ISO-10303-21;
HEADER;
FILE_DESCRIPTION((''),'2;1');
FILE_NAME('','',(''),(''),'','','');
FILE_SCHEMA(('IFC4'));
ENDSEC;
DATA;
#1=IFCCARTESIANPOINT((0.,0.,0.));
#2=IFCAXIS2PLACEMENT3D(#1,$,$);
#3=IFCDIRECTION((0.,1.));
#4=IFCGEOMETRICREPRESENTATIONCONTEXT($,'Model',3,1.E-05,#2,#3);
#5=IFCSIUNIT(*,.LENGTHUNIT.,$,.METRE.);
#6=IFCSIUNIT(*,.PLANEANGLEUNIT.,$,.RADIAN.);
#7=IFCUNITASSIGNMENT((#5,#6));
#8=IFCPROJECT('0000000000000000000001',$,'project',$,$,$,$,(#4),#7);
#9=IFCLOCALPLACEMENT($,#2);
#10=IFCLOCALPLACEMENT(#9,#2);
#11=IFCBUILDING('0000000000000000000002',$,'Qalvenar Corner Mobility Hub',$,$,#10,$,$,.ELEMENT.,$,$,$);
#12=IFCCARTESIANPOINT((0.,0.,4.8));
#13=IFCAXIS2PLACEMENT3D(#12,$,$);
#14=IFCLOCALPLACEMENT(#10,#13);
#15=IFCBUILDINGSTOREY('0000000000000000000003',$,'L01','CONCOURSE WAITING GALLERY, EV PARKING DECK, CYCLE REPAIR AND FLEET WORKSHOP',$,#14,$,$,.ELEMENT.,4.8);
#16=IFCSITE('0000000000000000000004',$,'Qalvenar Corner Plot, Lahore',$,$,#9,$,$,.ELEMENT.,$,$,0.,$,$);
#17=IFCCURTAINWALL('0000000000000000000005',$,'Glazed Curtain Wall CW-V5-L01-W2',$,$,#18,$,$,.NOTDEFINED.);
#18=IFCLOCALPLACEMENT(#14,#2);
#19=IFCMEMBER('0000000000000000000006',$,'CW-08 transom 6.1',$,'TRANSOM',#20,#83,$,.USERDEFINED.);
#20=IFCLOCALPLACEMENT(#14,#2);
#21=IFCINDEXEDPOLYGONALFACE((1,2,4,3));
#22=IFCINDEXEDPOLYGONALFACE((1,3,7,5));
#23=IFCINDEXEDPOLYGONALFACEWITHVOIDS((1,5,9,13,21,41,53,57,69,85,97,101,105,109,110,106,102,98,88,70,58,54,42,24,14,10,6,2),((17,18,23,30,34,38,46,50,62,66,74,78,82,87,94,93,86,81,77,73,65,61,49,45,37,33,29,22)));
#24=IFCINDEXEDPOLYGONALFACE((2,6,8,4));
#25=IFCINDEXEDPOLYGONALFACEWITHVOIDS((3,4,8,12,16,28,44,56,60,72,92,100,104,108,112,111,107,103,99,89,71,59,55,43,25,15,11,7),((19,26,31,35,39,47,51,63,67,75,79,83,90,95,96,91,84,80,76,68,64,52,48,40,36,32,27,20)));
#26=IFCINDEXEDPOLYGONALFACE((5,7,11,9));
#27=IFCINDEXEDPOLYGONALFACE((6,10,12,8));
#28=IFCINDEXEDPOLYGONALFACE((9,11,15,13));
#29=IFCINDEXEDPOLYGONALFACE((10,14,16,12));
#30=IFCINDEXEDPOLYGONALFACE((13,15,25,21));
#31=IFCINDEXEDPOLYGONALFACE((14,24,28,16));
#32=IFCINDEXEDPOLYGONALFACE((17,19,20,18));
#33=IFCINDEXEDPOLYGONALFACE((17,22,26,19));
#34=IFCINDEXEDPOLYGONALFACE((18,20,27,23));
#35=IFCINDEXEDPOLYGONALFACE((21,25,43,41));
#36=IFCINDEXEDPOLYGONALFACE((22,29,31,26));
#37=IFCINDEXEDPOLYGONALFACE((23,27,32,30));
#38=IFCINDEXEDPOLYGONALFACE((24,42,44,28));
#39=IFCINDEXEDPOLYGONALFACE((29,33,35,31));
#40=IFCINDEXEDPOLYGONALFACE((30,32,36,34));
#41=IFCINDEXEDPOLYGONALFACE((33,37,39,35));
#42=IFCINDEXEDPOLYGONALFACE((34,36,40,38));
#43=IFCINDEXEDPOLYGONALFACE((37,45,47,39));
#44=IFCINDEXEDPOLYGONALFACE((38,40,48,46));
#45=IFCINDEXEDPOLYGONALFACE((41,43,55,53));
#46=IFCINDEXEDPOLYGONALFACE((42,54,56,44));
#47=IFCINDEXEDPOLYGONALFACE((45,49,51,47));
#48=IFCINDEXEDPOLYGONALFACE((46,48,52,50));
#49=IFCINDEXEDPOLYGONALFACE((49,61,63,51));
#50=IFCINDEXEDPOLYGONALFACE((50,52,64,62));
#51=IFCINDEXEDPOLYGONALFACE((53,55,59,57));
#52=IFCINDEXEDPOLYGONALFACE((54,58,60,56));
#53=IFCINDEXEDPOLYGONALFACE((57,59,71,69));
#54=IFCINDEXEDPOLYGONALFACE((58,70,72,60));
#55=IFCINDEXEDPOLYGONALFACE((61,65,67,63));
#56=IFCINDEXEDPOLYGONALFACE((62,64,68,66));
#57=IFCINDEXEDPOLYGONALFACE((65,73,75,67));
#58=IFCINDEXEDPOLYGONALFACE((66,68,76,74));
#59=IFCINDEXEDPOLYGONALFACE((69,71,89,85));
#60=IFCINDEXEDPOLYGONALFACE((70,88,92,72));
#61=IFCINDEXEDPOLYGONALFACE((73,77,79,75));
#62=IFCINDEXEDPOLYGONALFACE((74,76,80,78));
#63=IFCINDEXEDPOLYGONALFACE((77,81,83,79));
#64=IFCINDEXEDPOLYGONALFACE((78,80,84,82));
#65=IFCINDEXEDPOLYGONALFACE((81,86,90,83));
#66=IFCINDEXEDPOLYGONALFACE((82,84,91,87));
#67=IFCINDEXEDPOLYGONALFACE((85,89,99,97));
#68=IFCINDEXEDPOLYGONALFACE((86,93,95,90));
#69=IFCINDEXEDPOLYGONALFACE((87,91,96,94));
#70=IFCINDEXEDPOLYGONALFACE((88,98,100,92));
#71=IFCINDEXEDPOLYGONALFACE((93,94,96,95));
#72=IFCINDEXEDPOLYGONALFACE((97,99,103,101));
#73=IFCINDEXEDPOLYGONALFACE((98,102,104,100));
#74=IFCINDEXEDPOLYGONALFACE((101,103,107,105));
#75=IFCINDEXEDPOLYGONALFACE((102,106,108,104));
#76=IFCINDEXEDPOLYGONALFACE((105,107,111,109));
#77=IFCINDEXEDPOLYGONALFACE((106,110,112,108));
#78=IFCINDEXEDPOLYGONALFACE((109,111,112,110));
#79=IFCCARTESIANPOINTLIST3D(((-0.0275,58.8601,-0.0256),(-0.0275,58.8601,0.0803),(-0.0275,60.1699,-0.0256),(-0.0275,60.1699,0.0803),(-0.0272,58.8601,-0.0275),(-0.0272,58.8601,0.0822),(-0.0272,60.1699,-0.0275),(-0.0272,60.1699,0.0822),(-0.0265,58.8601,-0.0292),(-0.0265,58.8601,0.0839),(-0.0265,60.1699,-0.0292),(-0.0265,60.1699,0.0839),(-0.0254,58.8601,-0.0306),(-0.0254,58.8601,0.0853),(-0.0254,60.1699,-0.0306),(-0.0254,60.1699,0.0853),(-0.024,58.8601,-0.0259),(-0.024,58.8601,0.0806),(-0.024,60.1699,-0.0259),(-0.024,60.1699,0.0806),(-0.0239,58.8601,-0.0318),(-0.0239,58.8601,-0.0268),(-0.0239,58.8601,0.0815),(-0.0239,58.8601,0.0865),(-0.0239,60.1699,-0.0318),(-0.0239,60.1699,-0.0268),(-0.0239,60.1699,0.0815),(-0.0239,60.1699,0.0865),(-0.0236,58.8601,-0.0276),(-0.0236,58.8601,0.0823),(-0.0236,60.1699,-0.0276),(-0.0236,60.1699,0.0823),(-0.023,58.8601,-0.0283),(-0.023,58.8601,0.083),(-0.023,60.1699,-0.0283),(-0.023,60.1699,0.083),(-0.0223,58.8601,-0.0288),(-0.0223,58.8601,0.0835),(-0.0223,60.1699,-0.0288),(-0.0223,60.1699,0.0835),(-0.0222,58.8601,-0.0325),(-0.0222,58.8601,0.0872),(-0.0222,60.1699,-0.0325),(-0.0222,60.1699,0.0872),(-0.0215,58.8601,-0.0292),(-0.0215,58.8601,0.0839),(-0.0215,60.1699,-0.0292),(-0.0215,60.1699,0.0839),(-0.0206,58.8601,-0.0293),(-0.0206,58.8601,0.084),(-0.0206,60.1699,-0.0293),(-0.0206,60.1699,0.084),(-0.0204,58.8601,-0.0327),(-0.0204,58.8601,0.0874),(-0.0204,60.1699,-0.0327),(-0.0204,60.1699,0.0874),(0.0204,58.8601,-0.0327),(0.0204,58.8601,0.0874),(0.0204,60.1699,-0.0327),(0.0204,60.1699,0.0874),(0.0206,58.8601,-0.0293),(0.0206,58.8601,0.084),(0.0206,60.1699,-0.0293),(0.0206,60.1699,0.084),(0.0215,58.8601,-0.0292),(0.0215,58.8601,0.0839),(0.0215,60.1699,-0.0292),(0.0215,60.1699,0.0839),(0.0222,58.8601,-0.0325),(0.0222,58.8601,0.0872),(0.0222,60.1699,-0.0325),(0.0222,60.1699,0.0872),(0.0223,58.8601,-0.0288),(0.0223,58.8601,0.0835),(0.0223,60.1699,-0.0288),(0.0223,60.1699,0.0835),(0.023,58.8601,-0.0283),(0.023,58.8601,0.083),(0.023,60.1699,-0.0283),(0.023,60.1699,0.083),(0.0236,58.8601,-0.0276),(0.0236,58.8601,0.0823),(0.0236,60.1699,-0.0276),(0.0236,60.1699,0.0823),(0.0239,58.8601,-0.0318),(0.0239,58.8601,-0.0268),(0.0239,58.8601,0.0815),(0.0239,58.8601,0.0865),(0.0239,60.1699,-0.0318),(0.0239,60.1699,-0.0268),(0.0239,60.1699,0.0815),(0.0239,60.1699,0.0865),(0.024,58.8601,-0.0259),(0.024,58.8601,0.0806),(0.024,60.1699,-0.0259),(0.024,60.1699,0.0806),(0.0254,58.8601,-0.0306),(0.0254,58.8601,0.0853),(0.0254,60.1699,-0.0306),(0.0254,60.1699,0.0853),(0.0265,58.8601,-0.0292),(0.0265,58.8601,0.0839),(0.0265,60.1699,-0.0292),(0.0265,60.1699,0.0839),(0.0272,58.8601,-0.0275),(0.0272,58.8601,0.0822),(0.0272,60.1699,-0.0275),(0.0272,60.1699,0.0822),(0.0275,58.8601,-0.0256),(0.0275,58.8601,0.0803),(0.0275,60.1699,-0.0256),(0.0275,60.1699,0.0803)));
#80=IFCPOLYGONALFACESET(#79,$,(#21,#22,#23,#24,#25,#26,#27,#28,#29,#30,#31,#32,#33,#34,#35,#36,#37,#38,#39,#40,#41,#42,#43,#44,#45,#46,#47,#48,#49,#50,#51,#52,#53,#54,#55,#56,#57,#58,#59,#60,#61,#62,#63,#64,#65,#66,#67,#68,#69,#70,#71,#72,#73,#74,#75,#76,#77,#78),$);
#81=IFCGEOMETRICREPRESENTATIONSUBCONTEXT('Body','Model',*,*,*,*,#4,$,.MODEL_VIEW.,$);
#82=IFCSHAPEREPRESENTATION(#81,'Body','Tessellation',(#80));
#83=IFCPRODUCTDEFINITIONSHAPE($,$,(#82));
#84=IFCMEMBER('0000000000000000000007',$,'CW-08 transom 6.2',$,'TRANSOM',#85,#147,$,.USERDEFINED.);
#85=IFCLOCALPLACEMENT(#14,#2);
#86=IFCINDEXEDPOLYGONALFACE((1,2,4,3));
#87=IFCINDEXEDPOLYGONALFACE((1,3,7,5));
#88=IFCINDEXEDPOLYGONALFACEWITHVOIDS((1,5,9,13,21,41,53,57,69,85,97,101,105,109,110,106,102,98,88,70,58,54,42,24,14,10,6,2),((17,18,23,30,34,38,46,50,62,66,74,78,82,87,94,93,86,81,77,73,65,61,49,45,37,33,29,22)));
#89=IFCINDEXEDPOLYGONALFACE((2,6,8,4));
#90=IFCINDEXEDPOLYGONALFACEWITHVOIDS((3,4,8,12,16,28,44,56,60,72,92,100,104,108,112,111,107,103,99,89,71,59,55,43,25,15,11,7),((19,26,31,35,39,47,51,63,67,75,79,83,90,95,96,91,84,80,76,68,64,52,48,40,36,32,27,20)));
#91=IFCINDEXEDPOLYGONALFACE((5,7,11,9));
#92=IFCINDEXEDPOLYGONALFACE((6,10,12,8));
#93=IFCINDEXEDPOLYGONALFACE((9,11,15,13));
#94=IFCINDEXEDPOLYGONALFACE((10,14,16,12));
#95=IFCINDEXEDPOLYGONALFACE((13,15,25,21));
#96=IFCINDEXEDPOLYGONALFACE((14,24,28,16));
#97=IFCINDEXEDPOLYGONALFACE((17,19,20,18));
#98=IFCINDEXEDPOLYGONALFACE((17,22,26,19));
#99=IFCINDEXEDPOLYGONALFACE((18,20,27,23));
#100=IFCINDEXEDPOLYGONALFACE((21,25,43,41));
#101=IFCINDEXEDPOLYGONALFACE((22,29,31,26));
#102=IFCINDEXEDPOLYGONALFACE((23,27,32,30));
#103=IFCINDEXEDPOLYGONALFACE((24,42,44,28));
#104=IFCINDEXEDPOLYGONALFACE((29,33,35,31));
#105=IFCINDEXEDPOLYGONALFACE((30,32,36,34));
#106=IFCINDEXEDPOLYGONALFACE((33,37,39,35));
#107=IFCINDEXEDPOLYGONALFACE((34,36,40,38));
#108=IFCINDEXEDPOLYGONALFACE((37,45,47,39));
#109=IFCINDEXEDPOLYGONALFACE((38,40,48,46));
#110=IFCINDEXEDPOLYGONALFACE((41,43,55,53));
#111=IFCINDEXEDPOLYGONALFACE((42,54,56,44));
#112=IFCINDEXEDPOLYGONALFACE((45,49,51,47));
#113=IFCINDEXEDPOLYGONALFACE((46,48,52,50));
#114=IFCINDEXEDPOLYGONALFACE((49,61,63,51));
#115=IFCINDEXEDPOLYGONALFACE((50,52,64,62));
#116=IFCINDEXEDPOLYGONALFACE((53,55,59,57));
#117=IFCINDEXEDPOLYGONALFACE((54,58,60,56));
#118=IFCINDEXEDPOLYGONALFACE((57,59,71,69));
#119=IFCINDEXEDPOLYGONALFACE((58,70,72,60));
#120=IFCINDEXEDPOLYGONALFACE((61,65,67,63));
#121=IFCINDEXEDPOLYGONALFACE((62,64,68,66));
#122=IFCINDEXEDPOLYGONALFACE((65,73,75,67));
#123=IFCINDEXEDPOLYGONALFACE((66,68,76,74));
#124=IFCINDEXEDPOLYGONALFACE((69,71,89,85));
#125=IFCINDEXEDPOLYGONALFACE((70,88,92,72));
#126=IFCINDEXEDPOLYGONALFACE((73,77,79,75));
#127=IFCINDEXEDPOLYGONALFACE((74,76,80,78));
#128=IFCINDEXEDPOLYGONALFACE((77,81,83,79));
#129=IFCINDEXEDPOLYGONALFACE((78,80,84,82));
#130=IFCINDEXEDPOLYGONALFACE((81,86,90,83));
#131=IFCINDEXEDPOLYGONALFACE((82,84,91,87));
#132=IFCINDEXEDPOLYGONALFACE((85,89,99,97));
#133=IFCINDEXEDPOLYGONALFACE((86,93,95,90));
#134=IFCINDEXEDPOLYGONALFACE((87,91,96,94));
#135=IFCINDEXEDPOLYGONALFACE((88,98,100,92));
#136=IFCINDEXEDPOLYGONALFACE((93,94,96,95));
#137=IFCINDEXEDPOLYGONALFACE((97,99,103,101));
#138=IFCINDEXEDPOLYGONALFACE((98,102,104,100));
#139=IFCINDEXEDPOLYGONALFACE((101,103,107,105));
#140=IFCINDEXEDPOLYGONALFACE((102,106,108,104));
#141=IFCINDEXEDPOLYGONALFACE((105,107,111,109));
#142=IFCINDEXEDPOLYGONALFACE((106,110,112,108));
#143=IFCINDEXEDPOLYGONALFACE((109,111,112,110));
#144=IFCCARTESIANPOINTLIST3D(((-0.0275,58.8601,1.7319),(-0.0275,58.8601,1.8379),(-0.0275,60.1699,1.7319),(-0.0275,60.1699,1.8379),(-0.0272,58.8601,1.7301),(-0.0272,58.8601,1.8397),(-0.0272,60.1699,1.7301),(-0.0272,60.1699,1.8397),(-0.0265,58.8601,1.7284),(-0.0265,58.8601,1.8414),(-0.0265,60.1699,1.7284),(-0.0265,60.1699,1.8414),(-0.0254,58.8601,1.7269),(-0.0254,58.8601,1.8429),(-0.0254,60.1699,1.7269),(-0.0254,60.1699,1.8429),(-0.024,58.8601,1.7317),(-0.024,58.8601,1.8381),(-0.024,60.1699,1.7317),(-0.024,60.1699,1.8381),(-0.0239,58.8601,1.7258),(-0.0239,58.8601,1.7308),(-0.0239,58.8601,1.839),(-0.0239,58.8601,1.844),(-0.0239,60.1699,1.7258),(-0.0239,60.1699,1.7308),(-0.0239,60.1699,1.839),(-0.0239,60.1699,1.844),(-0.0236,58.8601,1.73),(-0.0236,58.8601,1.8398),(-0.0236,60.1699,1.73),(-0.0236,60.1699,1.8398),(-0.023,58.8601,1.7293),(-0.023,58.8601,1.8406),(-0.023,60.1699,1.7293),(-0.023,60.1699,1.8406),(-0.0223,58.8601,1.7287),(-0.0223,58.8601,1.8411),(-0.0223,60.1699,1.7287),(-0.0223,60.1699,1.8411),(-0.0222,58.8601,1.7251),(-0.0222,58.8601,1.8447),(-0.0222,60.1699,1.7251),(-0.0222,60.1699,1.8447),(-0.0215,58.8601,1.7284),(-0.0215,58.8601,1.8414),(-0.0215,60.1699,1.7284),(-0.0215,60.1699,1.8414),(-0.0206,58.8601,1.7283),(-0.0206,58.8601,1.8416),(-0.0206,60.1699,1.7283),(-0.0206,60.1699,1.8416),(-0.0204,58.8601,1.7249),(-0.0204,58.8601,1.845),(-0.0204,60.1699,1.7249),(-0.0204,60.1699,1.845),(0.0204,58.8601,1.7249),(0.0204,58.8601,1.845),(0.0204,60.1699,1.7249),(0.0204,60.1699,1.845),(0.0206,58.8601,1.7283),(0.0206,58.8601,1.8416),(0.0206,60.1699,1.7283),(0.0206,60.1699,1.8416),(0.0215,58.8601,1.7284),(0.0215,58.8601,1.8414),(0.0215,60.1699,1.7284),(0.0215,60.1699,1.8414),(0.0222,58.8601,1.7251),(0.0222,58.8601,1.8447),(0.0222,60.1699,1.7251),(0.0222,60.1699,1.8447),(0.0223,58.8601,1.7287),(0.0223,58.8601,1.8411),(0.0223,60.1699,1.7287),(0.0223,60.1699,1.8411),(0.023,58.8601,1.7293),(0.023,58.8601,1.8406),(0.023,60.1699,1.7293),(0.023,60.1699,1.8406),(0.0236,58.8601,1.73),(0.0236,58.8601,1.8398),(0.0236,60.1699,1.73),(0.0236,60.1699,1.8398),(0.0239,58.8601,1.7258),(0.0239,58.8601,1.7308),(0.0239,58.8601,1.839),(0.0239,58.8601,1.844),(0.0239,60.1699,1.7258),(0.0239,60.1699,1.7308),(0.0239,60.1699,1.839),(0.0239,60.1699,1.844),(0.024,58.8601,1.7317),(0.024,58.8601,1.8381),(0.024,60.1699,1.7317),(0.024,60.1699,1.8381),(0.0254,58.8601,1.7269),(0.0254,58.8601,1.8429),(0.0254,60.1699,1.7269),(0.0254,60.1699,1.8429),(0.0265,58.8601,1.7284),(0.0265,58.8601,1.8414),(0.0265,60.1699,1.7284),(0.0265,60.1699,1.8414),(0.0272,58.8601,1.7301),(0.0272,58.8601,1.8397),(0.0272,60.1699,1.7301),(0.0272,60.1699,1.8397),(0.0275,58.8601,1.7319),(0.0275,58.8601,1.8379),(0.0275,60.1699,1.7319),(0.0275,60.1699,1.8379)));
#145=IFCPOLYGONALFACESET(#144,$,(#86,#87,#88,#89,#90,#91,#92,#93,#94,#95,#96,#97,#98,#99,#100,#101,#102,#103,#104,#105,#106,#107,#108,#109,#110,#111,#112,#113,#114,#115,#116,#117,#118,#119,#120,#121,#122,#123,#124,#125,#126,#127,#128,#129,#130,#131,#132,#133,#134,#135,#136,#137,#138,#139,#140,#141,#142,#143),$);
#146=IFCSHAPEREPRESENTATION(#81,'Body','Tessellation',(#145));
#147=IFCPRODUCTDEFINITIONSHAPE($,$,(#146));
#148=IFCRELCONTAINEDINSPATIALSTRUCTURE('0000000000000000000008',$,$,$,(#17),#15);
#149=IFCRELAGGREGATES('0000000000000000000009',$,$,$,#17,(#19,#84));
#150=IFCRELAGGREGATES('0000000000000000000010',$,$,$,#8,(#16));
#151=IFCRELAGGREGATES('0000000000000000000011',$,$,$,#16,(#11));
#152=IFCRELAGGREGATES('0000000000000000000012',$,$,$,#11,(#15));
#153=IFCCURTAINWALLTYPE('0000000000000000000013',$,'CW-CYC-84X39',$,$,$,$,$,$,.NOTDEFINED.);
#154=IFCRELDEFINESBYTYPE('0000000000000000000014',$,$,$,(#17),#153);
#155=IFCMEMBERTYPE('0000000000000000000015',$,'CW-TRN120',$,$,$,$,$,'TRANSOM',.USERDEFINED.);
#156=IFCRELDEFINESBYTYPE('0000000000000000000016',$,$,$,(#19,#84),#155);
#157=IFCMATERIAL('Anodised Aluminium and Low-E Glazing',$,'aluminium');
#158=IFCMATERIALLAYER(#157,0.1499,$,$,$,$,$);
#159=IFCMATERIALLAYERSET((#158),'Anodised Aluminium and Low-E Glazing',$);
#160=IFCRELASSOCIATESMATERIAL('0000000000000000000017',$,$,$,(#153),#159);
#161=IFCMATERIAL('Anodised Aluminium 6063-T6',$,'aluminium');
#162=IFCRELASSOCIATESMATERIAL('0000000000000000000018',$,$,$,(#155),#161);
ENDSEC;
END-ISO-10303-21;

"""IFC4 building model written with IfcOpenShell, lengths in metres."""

from ifc_helpers import new_model, si_unit, direction, frame, origin, origin_2d, place, context, subcontext, project, spatial, hollow_rectangle, extrude, material, layer, layer_set, material_profile, profile_set, type_object, element, aggregate, save


model = new_model("IFC4")

# Units and contexts
model_context = context("Model", 3, precision=1e-05, world=origin(), true_north=direction((0.0, 1.0)))
body_context = subcontext(model_context, "Body", "Model", "MODEL_VIEW")
ifc_project = project(units=[si_unit("LENGTHUNIT", "METRE"), si_unit("PLANEANGLEUNIT", "RADIAN")], contexts=[model_context])

# Site, building, storey
site_placement = place(None, origin())
site = spatial("IfcSite", under=ifc_project, at=site_placement, Name="Qalvenar Corner Plot, Lahore", CompositionType="ELEMENT", RefElevation=0.0)
building_placement = place(site_placement, origin())
building = spatial("IfcBuilding", under=site, at=building_placement, Name="Qalvenar Corner Mobility Hub", CompositionType="ELEMENT")
storey_placement = place(building_placement, frame((0.0, 0.0, 4.8)))
storey = spatial("IfcBuildingStorey", under=building, at=storey_placement, Name="L01", Description="CONCOURSE WAITING GALLERY, EV PARKING DECK, CYCLE REPAIR AND FLEET WORKSHOP", CompositionType="ELEMENT", Elevation=4.8)

# Curtain wall, members
ifc_material_1 = material(Name="Anodised Aluminium and Low-E Glazing", Category="aluminium")
ifc_layer_1 = layer(ifc_material_1, 0.1499)
ifc_layer_set_1 = layer_set([ifc_layer_1], Name="Anodised Aluminium and Low-E Glazing")
curtain_wall_type = type_object("IfcCurtainWallType", Name="CW-CYC-84X39", PredefinedType="NOTDEFINED", material=ifc_layer_set_1)
curtain_wall_placement = place(storey_placement, origin())
curtain_wall = element("IfcCurtainWall", 1, at=curtain_wall_placement, inside=storey, type_object=curtain_wall_type, Name="Glazed Curtain Wall CW-V5-L01-W2", PredefinedType="NOTDEFINED")
ifc_material_2 = material(Name="Anodised Aluminium 6063-T6", Category="aluminium")
ifc_material_profile_1 = material_profile(ifc_material_2, hollow_rectangle(XDim=0.0549, YDim=0.1201, WallThickness=0.0034, InnerFilletRadius=0.0034, OuterFilletRadius=0.0071, at=origin_2d()), Name="RHS120x55x3.5")
ifc_profile_set_1 = profile_set([ifc_material_profile_1], Name="Anodised Aluminium 6063-T6")
member_type_1 = type_object("IfcMemberType", Name="CW-TRN120", ElementType="TRANSOM", PredefinedType="USERDEFINED", material=ifc_profile_set_1)
member_1_placement = place(storey_placement, frame((0.0, 60.1699, 0.0273), z_axis=(0.0, -1.0, 0.0), x_axis=(1.0, 0.0, 0.0)))
member_1 = element("IfcMember", 2, at=member_1_placement, type_object=member_type_1, Name="CW-08 transom 6.1", ObjectType="TRANSOM", PredefinedType="USERDEFINED", context=body_context, shape_type="SweptSolid", body=[
    extrude(hollow_rectangle(XDim=0.0549, YDim=0.1201, WallThickness=0.0034, InnerFilletRadius=0.0034, OuterFilletRadius=0.0071, at=origin_2d()), origin(), (0.0, 0.0, 1.0), 1.3098),
])
member_2_placement = place(storey_placement, frame((0.0, 60.1699, 1.7849), z_axis=(0.0, -1.0, 0.0), x_axis=(1.0, 0.0, 0.0)))
member_2 = element("IfcMember", 3, at=member_2_placement, type_object=member_type_1, Name="CW-08 transom 6.2", ObjectType="TRANSOM", PredefinedType="USERDEFINED", context=body_context, shape_type="SweptSolid", body=[
    extrude(hollow_rectangle(XDim=0.0549, YDim=0.1201, WallThickness=0.0034, InnerFilletRadius=0.0034, OuterFilletRadius=0.0071, at=origin_2d()), origin(), (0.0, 0.0, 1.0), 1.3098),
])
aggregate(curtain_wall, [member_1, member_2])

save(model, "model.ifc")
